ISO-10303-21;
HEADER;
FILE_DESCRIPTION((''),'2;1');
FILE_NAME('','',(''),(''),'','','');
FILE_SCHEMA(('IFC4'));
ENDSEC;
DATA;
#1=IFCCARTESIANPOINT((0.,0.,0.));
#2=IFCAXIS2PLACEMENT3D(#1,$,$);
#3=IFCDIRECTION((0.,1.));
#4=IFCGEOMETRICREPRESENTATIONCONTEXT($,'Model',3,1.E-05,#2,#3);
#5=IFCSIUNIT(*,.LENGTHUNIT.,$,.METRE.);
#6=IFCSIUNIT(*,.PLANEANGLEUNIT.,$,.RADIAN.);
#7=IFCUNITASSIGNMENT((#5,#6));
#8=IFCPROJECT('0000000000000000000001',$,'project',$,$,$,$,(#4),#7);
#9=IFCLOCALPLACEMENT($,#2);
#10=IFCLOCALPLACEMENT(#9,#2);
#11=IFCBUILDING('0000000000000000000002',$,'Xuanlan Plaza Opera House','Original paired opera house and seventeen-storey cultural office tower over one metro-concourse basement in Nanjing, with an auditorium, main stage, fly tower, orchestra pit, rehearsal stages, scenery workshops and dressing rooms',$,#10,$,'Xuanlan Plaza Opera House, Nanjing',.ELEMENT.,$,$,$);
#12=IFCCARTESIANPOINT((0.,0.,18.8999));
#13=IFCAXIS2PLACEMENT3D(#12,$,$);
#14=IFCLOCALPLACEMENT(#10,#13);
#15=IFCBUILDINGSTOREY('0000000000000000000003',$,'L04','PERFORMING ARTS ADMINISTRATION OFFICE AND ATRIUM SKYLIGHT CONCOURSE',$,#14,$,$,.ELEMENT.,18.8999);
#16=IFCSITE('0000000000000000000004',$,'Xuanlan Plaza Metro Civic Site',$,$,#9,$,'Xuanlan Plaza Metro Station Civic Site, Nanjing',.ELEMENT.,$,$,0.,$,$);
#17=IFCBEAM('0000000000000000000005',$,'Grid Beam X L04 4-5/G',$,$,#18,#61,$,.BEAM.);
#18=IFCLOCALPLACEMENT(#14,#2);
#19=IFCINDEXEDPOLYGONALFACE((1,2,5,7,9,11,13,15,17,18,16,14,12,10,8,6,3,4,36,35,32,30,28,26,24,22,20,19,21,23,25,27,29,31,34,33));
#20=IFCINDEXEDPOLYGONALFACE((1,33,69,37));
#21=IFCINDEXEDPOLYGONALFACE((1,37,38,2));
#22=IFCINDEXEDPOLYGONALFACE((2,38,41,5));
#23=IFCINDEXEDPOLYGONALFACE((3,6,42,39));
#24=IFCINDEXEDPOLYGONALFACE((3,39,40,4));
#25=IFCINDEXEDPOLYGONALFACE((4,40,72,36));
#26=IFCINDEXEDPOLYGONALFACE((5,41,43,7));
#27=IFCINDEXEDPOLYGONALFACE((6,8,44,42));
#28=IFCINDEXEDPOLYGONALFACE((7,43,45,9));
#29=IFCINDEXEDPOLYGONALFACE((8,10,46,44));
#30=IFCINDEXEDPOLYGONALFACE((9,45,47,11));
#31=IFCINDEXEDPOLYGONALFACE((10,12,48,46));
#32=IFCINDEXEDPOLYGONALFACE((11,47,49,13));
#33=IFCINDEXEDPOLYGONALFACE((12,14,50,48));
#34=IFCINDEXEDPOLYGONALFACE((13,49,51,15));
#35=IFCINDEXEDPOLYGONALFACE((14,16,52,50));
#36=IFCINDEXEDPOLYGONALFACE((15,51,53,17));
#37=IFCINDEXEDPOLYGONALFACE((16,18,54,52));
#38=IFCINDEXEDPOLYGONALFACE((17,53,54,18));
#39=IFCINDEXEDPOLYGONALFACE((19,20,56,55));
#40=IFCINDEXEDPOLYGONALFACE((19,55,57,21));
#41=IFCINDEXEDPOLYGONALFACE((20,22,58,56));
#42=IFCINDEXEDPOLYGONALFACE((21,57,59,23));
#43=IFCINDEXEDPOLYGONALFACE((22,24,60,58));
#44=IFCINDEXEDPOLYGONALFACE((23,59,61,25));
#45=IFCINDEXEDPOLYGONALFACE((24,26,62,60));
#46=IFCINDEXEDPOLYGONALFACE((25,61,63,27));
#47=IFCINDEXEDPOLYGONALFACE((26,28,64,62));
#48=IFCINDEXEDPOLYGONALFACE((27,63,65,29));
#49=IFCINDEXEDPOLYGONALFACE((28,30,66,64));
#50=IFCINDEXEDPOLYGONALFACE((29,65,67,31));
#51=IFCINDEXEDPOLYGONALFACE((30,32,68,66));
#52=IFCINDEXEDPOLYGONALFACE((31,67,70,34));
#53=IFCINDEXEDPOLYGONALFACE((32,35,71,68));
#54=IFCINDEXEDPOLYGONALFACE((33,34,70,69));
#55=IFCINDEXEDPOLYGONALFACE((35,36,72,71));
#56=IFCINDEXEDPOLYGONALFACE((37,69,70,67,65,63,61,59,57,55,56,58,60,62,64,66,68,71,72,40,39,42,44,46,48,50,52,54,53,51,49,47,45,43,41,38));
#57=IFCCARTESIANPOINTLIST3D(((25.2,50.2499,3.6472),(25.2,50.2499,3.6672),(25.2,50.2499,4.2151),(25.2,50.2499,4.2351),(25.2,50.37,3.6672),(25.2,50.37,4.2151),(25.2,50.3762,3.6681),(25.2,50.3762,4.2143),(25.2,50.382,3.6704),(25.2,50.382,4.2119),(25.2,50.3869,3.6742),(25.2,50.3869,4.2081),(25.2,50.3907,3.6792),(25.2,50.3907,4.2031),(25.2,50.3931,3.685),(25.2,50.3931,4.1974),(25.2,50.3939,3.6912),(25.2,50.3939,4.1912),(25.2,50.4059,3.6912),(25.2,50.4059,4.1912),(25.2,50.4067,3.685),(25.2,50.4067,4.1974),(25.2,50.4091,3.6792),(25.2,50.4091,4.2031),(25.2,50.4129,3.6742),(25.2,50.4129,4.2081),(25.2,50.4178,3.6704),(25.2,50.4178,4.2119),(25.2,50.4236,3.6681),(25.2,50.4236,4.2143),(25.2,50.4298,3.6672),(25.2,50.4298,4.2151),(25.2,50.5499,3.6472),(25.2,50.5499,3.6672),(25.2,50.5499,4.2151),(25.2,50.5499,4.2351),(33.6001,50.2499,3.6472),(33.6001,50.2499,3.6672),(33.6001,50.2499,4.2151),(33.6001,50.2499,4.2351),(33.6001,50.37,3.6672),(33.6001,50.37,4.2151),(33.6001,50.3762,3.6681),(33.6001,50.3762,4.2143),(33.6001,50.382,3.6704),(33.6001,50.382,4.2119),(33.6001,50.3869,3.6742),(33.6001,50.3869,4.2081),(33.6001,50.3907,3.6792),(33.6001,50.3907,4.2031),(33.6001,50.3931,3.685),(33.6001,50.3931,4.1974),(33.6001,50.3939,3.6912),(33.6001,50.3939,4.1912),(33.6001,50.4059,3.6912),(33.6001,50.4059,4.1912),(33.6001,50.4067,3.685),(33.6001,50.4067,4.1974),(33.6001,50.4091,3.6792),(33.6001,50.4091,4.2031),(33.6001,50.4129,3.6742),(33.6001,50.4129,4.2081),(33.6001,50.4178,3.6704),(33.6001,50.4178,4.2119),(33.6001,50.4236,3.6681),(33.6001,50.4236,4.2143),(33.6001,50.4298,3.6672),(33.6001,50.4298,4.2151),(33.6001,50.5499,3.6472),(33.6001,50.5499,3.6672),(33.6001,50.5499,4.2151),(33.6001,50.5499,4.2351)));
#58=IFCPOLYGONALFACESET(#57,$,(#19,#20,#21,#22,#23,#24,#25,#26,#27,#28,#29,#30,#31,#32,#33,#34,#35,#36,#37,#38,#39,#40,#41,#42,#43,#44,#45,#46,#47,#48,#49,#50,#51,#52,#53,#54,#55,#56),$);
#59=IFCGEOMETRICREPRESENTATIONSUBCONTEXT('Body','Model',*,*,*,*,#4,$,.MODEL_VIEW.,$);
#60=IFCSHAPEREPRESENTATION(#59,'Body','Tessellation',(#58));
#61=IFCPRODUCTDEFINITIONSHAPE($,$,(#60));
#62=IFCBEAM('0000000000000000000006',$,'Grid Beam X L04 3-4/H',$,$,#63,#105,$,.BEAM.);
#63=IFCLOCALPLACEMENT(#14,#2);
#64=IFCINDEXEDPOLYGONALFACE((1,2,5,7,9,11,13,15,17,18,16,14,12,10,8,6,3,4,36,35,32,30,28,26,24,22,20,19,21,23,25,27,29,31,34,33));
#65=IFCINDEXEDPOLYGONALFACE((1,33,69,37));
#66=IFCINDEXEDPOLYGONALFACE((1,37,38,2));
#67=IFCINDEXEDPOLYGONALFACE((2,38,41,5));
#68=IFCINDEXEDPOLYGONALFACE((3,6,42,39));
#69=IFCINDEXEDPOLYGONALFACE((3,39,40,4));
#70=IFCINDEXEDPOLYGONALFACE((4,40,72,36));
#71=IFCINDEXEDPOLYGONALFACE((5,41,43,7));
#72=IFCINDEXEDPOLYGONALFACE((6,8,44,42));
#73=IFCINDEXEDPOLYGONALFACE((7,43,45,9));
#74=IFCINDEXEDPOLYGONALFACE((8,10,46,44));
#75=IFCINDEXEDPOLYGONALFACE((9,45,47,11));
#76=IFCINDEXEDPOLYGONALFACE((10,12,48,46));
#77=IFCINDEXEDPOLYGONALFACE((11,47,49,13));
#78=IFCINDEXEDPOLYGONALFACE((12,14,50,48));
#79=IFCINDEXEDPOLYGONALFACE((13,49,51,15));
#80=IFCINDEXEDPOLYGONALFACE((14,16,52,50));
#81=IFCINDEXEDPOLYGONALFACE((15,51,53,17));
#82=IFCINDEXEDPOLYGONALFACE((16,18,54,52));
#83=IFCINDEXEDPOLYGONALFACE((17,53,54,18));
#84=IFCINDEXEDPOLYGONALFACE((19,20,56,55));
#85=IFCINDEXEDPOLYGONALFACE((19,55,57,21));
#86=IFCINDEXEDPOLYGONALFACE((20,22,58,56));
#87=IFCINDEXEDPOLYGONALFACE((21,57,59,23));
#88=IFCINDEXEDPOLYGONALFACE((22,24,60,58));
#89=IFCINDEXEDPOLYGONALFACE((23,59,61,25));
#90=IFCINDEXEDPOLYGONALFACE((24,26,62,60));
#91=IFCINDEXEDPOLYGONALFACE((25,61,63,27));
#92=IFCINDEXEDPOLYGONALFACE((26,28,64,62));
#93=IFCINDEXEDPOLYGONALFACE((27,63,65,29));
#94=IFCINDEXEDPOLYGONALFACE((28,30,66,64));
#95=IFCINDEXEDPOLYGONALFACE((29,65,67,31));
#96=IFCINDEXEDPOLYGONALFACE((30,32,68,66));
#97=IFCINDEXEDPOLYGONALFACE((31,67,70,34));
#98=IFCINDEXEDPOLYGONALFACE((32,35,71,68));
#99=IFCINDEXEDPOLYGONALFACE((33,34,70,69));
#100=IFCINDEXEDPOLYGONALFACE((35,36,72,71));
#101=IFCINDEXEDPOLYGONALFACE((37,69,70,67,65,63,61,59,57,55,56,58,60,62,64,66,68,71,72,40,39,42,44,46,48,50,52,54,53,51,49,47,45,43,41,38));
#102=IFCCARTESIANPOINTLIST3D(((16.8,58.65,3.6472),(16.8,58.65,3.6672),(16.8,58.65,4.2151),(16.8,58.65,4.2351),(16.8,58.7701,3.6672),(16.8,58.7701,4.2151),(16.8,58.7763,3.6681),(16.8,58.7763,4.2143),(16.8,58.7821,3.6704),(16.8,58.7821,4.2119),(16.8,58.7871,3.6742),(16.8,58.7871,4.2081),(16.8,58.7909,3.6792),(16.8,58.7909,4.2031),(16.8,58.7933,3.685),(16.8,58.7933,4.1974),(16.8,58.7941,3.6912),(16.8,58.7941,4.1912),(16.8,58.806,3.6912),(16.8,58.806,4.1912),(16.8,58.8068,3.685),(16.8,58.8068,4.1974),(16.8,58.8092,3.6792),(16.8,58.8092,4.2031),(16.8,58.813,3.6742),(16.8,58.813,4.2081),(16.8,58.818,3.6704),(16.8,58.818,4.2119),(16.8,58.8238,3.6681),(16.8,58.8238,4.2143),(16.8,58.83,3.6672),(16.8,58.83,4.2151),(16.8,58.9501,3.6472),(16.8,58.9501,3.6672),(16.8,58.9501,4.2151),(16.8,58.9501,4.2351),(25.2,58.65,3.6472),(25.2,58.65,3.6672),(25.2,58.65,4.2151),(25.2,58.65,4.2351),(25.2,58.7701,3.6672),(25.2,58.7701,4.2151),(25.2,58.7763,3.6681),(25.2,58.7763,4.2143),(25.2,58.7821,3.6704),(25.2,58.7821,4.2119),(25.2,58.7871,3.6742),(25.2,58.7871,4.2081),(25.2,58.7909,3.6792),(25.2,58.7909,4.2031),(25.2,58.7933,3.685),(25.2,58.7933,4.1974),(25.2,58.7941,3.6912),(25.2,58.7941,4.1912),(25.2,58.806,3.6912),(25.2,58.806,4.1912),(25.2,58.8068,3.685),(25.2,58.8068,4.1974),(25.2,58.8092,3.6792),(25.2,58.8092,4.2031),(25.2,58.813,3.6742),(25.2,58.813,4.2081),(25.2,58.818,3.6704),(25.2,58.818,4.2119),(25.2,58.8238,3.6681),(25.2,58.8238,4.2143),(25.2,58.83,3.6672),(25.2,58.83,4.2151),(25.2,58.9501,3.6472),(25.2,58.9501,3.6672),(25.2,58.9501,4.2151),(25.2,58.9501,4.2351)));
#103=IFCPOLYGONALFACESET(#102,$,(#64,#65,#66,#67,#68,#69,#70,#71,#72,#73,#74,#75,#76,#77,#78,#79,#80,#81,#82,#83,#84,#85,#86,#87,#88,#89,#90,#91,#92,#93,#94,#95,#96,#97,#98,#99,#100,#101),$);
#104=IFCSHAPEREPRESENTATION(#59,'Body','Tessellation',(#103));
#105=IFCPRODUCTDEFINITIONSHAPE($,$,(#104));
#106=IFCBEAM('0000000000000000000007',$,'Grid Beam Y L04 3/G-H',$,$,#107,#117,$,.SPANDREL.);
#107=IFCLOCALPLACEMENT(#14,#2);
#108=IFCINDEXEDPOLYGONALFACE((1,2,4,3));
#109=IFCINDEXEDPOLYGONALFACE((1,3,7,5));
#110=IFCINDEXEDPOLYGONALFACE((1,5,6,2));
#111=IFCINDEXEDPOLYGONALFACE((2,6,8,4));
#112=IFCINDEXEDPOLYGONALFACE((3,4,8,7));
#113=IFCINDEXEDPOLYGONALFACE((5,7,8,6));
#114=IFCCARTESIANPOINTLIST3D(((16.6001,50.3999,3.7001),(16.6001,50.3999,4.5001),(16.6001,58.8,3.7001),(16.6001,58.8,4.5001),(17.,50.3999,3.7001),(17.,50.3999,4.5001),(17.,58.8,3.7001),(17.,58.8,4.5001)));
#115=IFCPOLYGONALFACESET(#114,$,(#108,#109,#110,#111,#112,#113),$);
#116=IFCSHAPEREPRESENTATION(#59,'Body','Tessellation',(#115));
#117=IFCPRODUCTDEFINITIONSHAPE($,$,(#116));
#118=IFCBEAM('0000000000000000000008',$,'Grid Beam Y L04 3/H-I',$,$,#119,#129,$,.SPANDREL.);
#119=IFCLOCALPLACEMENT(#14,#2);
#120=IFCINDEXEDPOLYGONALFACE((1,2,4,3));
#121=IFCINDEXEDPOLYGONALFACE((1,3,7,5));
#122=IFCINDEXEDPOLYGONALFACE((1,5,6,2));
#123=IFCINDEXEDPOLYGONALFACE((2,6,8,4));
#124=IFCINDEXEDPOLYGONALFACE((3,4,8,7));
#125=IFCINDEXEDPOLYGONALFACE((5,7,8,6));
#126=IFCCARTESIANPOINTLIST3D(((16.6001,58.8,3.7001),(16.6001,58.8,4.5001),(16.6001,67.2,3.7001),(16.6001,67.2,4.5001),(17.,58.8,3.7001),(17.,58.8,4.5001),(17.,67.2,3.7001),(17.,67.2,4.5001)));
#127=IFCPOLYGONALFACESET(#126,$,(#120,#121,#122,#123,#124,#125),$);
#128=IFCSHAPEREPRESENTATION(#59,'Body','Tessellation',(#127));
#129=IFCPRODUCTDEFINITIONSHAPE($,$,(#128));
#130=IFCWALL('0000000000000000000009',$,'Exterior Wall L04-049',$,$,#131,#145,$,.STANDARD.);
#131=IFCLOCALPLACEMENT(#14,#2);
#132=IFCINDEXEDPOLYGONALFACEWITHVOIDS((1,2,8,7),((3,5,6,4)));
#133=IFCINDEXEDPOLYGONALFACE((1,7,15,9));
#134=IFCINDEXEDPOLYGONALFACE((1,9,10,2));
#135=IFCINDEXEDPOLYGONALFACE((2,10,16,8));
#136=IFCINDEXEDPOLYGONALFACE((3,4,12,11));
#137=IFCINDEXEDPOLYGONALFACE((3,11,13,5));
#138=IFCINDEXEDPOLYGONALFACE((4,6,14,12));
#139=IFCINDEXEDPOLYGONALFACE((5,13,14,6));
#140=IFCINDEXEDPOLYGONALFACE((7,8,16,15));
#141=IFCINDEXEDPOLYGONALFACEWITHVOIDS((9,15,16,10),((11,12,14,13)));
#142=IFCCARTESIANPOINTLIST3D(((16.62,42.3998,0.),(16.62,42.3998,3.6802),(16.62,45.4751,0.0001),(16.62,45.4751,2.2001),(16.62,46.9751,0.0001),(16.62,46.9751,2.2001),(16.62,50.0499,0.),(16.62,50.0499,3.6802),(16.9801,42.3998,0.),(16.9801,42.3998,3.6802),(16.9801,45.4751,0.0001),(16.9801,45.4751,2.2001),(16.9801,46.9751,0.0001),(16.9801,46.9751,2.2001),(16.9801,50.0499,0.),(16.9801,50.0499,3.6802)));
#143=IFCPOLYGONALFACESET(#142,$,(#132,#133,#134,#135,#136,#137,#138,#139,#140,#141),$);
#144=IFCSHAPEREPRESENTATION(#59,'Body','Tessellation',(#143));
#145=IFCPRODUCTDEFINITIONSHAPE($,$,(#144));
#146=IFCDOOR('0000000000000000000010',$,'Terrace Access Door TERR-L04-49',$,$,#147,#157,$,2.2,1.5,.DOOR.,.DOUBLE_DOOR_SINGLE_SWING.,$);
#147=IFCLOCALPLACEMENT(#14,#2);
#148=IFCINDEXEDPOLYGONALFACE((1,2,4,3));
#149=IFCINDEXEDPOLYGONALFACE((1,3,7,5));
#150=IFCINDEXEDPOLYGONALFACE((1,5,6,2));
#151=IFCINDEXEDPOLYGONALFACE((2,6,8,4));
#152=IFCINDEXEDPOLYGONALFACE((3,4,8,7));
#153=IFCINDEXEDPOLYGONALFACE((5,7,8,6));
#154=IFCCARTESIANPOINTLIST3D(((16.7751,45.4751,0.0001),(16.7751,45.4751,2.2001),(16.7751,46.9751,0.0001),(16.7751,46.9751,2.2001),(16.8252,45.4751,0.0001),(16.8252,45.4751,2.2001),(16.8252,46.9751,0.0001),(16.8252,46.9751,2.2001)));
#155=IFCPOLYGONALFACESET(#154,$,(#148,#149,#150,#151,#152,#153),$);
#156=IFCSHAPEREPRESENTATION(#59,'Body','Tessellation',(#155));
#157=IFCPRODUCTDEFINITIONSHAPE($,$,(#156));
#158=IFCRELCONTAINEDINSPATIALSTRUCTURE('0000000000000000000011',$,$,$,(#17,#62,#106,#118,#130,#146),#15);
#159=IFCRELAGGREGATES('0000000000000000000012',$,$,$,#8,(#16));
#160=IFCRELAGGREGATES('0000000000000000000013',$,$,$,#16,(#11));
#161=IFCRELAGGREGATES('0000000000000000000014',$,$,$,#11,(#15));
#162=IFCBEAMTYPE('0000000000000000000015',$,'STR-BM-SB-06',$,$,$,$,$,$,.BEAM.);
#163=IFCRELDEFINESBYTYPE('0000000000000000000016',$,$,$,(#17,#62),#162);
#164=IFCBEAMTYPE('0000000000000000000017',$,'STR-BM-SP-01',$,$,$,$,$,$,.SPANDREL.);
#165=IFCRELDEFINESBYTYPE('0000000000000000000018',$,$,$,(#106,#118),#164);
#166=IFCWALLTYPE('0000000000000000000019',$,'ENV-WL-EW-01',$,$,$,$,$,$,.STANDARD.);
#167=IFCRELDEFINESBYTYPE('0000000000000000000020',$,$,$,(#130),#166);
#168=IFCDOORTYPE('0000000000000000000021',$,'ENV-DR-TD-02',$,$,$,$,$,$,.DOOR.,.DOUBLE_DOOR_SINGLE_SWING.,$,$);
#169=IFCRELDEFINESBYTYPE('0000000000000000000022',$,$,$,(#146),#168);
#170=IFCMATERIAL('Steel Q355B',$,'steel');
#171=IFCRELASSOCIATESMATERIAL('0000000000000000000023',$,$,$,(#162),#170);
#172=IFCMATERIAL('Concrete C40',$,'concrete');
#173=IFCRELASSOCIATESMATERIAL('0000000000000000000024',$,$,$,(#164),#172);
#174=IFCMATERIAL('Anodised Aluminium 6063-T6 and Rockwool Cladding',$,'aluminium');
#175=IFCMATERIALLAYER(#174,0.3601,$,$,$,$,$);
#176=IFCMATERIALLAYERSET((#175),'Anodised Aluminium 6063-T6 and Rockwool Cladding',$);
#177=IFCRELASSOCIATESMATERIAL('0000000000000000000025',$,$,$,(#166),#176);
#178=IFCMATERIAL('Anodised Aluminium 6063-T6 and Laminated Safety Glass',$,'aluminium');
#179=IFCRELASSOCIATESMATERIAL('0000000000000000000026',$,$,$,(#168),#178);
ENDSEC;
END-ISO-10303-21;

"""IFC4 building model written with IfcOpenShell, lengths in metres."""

from ifc_helpers import new_model, si_unit, direction, frame, frame_2d, origin, origin_2d, place, context, subcontext, project, spatial, rectangle, i_section, extrude, material, layer, layer_set, material_profile, profile_set, type_object, element, fill, save


model = new_model("IFC4")

# Units and contexts
model_context = context("Model", 3, precision=1e-05, world=origin(), true_north=direction((0.0, 1.0)))
body_context = subcontext(model_context, "Body", "Model", "MODEL_VIEW")
ifc_project = project(units=[si_unit("LENGTHUNIT", "METRE"), si_unit("PLANEANGLEUNIT", "RADIAN")], contexts=[model_context])

# Site, building, storey
site_placement = place(None, origin())
site = spatial("IfcSite", under=ifc_project, at=site_placement, Name="Xuanlan Plaza Metro Civic Site", LongName="Xuanlan Plaza Metro Station Civic Site, Nanjing", CompositionType="ELEMENT", RefElevation=0.0)
building_placement = place(site_placement, origin())
building = spatial("IfcBuilding", under=site, at=building_placement, Name="Xuanlan Plaza Opera House", Description="Original paired opera house and seventeen-storey cultural office tower over one metro-concourse basement in Nanjing, with an auditorium, main stage, fly tower, orchestra pit, rehearsal stages, scenery workshops and dressing rooms", LongName="Xuanlan Plaza Opera House, Nanjing", CompositionType="ELEMENT")
storey_placement = place(building_placement, frame((0.0, 0.0, 18.8999)))
storey = spatial("IfcBuildingStorey", under=building, at=storey_placement, Name="L04", Description="PERFORMING ARTS ADMINISTRATION OFFICE AND ATRIUM SKYLIGHT CONCOURSE", CompositionType="ELEMENT", Elevation=18.8999)

# Shared definitions
ifc_material_1 = material(Name="Concrete C40", Category="concrete")

# Beams
ifc_material_2 = material(Name="Steel Q355B", Category="steel")
ifc_material_profile_1 = material_profile(ifc_material_2, i_section(OverallWidth=0.3, OverallDepth=0.5879, WebThickness=0.012, FlangeThickness=0.02, FilletRadius=0.0239, at=origin_2d()), Name="HM 588x300x12x20")
ifc_profile_set_1 = profile_set([ifc_material_profile_1], Name="Steel Q355B")
beam_type_1 = type_object("IfcBeamType", Name="STR-BM-SB-06", PredefinedType="BEAM", material=ifc_profile_set_1)
beam_1_placement = place(storey_placement, frame((25.2, 50.3999, 3.9412), z_axis=(1.0, 0.0, 0.0), x_axis=(0.0, 1.0, 0.0)))
element("IfcBeam", 1, at=beam_1_placement, inside=storey, type_object=beam_type_1, Name="Grid Beam X L04 4-5/G", PredefinedType="BEAM", context=body_context, shape_type="SweptSolid", body=[
    extrude(i_section(OverallWidth=0.3, OverallDepth=0.5879, WebThickness=0.012, FlangeThickness=0.02, FilletRadius=0.0239, at=origin_2d()), origin(), (0.0, 0.0, 1.0), 8.4001),
])
beam_2_placement = place(storey_placement, frame((16.8, 58.8, 3.9412), z_axis=(1.0, 0.0, 0.0), x_axis=(0.0, 1.0, 0.0)))
element("IfcBeam", 2, at=beam_2_placement, inside=storey, type_object=beam_type_1, Name="Grid Beam X L04 3-4/H", PredefinedType="BEAM", context=body_context, shape_type="SweptSolid", body=[
    extrude(i_section(OverallWidth=0.3, OverallDepth=0.5879, WebThickness=0.012, FlangeThickness=0.02, FilletRadius=0.0239, at=origin_2d()), origin(), (0.0, 0.0, 1.0), 8.3999),
])
ifc_material_profile_2 = material_profile(ifc_material_1, rectangle(XDim=0.3999, YDim=0.8, at=origin_2d()), Name="RC-SPD 400x800")
ifc_profile_set_2 = profile_set([ifc_material_profile_2], Name="Concrete C40")
beam_type_2 = type_object("IfcBeamType", Name="STR-BM-SP-01", PredefinedType="SPANDREL", material=ifc_profile_set_2)
beam_3_placement = place(storey_placement, frame((16.8, 50.3999, 4.1001), z_axis=(0.0, 1.0, 0.0), x_axis=(-1.0, 0.0, 0.0)))
element("IfcBeam", 3, at=beam_3_placement, inside=storey, type_object=beam_type_2, Name="Grid Beam Y L04 3/G-H", PredefinedType="SPANDREL", context=body_context, shape_type="SweptSolid", body=[
    extrude(rectangle(XDim=0.3999, YDim=0.8, at=origin_2d()), origin(), (0.0, 0.0, 1.0), 8.4001),
])
beam_4_placement = place(storey_placement, frame((16.8, 58.8, 4.1001), z_axis=(0.0, 1.0, 0.0), x_axis=(-1.0, 0.0, 0.0)))
element("IfcBeam", 4, at=beam_4_placement, inside=storey, type_object=beam_type_2, Name="Grid Beam Y L04 3/H-I", PredefinedType="SPANDREL", context=body_context, shape_type="SweptSolid", body=[
    extrude(rectangle(XDim=0.3999, YDim=0.8, at=origin_2d()), origin(), (0.0, 0.0, 1.0), 8.3999),
])

# Wall, opening, door
ifc_material_3 = material(Name="Anodised Aluminium 6063-T6 and Rockwool Cladding", Category="aluminium")
ifc_layer_1 = layer(ifc_material_3, 0.3601)
ifc_layer_set_1 = layer_set([ifc_layer_1], Name="Anodised Aluminium 6063-T6 and Rockwool Cladding")
wall_type_1 = type_object("IfcWallType", Name="ENV-WL-EW-01", PredefinedType="STANDARD", material=ifc_layer_set_1)
wall_1_placement = place(storey_placement, frame((16.8, 50.05, 0.0), z_axis=(0.0, 0.0, 1.0), x_axis=(0.0, -1.0, 0.0)))
wall_1 = element("IfcWall", 5, at=wall_1_placement, inside=storey, type_object=wall_type_1, Name="Exterior Wall L04-049", PredefinedType="STANDARD", context=body_context, shape_type="SweptSolid", body=[
    extrude(rectangle(XDim=7.6501, YDim=0.3601, at=frame_2d((3.8252, 0.0))), origin(), (0.0, 0.0, 1.0), 3.6802),
])
opening_1_placement = place(wall_1_placement, frame((3.075, 0.0, 0.0)))
opening_1 = element("IfcOpeningElement", 6, at=opening_1_placement, cuts=wall_1, PredefinedType="OPENING", context=body_context, shape_type="SweptSolid", body=[
    extrude(rectangle(XDim=1.5, YDim=2.2, at=frame_2d((0.75, 1.1001))), frame((0.0, 0.1899, 0.0), z_axis=(0.0, -1.0, 0.0), x_axis=(1.0, 0.0, 0.0)), (0.0, 0.0, 1.0), 0.3801),
])
ifc_material_4 = material(Name="Anodised Aluminium 6063-T6 and Laminated Safety Glass", Category="aluminium")
door_type_1 = type_object("IfcDoorType", Name="ENV-DR-TD-02", OperationType="DOUBLE_DOOR_SINGLE_SWING", PredefinedType="DOOR", material=ifc_material_4)
door_1_placement = place(opening_1_placement, frame((1.5, 0.0, 0.0), z_axis=(0.0, 0.0, 1.0), x_axis=(-1.0, 0.0, 0.0)))
door_1 = element("IfcDoor", 7, at=door_1_placement, inside=storey, type_object=door_type_1, Name="Terrace Access Door TERR-L04-49", OperationType="DOUBLE_DOOR_SINGLE_SWING", OverallHeight=2.2, OverallWidth=1.5, PredefinedType="DOOR", context=body_context, shape_type="SweptSolid", body=[
    extrude(rectangle(XDim=1.5, YDim=2.2, at=frame_2d((0.75, 1.1001))), frame((0.0, 0.0249, 0.0), z_axis=(0.0, -1.0, 0.0), x_axis=(1.0, 0.0, 0.0)), (0.0, 0.0, 1.0), 0.05),
])
fill(opening_1, door_1)

save(model, "model.ifc")
